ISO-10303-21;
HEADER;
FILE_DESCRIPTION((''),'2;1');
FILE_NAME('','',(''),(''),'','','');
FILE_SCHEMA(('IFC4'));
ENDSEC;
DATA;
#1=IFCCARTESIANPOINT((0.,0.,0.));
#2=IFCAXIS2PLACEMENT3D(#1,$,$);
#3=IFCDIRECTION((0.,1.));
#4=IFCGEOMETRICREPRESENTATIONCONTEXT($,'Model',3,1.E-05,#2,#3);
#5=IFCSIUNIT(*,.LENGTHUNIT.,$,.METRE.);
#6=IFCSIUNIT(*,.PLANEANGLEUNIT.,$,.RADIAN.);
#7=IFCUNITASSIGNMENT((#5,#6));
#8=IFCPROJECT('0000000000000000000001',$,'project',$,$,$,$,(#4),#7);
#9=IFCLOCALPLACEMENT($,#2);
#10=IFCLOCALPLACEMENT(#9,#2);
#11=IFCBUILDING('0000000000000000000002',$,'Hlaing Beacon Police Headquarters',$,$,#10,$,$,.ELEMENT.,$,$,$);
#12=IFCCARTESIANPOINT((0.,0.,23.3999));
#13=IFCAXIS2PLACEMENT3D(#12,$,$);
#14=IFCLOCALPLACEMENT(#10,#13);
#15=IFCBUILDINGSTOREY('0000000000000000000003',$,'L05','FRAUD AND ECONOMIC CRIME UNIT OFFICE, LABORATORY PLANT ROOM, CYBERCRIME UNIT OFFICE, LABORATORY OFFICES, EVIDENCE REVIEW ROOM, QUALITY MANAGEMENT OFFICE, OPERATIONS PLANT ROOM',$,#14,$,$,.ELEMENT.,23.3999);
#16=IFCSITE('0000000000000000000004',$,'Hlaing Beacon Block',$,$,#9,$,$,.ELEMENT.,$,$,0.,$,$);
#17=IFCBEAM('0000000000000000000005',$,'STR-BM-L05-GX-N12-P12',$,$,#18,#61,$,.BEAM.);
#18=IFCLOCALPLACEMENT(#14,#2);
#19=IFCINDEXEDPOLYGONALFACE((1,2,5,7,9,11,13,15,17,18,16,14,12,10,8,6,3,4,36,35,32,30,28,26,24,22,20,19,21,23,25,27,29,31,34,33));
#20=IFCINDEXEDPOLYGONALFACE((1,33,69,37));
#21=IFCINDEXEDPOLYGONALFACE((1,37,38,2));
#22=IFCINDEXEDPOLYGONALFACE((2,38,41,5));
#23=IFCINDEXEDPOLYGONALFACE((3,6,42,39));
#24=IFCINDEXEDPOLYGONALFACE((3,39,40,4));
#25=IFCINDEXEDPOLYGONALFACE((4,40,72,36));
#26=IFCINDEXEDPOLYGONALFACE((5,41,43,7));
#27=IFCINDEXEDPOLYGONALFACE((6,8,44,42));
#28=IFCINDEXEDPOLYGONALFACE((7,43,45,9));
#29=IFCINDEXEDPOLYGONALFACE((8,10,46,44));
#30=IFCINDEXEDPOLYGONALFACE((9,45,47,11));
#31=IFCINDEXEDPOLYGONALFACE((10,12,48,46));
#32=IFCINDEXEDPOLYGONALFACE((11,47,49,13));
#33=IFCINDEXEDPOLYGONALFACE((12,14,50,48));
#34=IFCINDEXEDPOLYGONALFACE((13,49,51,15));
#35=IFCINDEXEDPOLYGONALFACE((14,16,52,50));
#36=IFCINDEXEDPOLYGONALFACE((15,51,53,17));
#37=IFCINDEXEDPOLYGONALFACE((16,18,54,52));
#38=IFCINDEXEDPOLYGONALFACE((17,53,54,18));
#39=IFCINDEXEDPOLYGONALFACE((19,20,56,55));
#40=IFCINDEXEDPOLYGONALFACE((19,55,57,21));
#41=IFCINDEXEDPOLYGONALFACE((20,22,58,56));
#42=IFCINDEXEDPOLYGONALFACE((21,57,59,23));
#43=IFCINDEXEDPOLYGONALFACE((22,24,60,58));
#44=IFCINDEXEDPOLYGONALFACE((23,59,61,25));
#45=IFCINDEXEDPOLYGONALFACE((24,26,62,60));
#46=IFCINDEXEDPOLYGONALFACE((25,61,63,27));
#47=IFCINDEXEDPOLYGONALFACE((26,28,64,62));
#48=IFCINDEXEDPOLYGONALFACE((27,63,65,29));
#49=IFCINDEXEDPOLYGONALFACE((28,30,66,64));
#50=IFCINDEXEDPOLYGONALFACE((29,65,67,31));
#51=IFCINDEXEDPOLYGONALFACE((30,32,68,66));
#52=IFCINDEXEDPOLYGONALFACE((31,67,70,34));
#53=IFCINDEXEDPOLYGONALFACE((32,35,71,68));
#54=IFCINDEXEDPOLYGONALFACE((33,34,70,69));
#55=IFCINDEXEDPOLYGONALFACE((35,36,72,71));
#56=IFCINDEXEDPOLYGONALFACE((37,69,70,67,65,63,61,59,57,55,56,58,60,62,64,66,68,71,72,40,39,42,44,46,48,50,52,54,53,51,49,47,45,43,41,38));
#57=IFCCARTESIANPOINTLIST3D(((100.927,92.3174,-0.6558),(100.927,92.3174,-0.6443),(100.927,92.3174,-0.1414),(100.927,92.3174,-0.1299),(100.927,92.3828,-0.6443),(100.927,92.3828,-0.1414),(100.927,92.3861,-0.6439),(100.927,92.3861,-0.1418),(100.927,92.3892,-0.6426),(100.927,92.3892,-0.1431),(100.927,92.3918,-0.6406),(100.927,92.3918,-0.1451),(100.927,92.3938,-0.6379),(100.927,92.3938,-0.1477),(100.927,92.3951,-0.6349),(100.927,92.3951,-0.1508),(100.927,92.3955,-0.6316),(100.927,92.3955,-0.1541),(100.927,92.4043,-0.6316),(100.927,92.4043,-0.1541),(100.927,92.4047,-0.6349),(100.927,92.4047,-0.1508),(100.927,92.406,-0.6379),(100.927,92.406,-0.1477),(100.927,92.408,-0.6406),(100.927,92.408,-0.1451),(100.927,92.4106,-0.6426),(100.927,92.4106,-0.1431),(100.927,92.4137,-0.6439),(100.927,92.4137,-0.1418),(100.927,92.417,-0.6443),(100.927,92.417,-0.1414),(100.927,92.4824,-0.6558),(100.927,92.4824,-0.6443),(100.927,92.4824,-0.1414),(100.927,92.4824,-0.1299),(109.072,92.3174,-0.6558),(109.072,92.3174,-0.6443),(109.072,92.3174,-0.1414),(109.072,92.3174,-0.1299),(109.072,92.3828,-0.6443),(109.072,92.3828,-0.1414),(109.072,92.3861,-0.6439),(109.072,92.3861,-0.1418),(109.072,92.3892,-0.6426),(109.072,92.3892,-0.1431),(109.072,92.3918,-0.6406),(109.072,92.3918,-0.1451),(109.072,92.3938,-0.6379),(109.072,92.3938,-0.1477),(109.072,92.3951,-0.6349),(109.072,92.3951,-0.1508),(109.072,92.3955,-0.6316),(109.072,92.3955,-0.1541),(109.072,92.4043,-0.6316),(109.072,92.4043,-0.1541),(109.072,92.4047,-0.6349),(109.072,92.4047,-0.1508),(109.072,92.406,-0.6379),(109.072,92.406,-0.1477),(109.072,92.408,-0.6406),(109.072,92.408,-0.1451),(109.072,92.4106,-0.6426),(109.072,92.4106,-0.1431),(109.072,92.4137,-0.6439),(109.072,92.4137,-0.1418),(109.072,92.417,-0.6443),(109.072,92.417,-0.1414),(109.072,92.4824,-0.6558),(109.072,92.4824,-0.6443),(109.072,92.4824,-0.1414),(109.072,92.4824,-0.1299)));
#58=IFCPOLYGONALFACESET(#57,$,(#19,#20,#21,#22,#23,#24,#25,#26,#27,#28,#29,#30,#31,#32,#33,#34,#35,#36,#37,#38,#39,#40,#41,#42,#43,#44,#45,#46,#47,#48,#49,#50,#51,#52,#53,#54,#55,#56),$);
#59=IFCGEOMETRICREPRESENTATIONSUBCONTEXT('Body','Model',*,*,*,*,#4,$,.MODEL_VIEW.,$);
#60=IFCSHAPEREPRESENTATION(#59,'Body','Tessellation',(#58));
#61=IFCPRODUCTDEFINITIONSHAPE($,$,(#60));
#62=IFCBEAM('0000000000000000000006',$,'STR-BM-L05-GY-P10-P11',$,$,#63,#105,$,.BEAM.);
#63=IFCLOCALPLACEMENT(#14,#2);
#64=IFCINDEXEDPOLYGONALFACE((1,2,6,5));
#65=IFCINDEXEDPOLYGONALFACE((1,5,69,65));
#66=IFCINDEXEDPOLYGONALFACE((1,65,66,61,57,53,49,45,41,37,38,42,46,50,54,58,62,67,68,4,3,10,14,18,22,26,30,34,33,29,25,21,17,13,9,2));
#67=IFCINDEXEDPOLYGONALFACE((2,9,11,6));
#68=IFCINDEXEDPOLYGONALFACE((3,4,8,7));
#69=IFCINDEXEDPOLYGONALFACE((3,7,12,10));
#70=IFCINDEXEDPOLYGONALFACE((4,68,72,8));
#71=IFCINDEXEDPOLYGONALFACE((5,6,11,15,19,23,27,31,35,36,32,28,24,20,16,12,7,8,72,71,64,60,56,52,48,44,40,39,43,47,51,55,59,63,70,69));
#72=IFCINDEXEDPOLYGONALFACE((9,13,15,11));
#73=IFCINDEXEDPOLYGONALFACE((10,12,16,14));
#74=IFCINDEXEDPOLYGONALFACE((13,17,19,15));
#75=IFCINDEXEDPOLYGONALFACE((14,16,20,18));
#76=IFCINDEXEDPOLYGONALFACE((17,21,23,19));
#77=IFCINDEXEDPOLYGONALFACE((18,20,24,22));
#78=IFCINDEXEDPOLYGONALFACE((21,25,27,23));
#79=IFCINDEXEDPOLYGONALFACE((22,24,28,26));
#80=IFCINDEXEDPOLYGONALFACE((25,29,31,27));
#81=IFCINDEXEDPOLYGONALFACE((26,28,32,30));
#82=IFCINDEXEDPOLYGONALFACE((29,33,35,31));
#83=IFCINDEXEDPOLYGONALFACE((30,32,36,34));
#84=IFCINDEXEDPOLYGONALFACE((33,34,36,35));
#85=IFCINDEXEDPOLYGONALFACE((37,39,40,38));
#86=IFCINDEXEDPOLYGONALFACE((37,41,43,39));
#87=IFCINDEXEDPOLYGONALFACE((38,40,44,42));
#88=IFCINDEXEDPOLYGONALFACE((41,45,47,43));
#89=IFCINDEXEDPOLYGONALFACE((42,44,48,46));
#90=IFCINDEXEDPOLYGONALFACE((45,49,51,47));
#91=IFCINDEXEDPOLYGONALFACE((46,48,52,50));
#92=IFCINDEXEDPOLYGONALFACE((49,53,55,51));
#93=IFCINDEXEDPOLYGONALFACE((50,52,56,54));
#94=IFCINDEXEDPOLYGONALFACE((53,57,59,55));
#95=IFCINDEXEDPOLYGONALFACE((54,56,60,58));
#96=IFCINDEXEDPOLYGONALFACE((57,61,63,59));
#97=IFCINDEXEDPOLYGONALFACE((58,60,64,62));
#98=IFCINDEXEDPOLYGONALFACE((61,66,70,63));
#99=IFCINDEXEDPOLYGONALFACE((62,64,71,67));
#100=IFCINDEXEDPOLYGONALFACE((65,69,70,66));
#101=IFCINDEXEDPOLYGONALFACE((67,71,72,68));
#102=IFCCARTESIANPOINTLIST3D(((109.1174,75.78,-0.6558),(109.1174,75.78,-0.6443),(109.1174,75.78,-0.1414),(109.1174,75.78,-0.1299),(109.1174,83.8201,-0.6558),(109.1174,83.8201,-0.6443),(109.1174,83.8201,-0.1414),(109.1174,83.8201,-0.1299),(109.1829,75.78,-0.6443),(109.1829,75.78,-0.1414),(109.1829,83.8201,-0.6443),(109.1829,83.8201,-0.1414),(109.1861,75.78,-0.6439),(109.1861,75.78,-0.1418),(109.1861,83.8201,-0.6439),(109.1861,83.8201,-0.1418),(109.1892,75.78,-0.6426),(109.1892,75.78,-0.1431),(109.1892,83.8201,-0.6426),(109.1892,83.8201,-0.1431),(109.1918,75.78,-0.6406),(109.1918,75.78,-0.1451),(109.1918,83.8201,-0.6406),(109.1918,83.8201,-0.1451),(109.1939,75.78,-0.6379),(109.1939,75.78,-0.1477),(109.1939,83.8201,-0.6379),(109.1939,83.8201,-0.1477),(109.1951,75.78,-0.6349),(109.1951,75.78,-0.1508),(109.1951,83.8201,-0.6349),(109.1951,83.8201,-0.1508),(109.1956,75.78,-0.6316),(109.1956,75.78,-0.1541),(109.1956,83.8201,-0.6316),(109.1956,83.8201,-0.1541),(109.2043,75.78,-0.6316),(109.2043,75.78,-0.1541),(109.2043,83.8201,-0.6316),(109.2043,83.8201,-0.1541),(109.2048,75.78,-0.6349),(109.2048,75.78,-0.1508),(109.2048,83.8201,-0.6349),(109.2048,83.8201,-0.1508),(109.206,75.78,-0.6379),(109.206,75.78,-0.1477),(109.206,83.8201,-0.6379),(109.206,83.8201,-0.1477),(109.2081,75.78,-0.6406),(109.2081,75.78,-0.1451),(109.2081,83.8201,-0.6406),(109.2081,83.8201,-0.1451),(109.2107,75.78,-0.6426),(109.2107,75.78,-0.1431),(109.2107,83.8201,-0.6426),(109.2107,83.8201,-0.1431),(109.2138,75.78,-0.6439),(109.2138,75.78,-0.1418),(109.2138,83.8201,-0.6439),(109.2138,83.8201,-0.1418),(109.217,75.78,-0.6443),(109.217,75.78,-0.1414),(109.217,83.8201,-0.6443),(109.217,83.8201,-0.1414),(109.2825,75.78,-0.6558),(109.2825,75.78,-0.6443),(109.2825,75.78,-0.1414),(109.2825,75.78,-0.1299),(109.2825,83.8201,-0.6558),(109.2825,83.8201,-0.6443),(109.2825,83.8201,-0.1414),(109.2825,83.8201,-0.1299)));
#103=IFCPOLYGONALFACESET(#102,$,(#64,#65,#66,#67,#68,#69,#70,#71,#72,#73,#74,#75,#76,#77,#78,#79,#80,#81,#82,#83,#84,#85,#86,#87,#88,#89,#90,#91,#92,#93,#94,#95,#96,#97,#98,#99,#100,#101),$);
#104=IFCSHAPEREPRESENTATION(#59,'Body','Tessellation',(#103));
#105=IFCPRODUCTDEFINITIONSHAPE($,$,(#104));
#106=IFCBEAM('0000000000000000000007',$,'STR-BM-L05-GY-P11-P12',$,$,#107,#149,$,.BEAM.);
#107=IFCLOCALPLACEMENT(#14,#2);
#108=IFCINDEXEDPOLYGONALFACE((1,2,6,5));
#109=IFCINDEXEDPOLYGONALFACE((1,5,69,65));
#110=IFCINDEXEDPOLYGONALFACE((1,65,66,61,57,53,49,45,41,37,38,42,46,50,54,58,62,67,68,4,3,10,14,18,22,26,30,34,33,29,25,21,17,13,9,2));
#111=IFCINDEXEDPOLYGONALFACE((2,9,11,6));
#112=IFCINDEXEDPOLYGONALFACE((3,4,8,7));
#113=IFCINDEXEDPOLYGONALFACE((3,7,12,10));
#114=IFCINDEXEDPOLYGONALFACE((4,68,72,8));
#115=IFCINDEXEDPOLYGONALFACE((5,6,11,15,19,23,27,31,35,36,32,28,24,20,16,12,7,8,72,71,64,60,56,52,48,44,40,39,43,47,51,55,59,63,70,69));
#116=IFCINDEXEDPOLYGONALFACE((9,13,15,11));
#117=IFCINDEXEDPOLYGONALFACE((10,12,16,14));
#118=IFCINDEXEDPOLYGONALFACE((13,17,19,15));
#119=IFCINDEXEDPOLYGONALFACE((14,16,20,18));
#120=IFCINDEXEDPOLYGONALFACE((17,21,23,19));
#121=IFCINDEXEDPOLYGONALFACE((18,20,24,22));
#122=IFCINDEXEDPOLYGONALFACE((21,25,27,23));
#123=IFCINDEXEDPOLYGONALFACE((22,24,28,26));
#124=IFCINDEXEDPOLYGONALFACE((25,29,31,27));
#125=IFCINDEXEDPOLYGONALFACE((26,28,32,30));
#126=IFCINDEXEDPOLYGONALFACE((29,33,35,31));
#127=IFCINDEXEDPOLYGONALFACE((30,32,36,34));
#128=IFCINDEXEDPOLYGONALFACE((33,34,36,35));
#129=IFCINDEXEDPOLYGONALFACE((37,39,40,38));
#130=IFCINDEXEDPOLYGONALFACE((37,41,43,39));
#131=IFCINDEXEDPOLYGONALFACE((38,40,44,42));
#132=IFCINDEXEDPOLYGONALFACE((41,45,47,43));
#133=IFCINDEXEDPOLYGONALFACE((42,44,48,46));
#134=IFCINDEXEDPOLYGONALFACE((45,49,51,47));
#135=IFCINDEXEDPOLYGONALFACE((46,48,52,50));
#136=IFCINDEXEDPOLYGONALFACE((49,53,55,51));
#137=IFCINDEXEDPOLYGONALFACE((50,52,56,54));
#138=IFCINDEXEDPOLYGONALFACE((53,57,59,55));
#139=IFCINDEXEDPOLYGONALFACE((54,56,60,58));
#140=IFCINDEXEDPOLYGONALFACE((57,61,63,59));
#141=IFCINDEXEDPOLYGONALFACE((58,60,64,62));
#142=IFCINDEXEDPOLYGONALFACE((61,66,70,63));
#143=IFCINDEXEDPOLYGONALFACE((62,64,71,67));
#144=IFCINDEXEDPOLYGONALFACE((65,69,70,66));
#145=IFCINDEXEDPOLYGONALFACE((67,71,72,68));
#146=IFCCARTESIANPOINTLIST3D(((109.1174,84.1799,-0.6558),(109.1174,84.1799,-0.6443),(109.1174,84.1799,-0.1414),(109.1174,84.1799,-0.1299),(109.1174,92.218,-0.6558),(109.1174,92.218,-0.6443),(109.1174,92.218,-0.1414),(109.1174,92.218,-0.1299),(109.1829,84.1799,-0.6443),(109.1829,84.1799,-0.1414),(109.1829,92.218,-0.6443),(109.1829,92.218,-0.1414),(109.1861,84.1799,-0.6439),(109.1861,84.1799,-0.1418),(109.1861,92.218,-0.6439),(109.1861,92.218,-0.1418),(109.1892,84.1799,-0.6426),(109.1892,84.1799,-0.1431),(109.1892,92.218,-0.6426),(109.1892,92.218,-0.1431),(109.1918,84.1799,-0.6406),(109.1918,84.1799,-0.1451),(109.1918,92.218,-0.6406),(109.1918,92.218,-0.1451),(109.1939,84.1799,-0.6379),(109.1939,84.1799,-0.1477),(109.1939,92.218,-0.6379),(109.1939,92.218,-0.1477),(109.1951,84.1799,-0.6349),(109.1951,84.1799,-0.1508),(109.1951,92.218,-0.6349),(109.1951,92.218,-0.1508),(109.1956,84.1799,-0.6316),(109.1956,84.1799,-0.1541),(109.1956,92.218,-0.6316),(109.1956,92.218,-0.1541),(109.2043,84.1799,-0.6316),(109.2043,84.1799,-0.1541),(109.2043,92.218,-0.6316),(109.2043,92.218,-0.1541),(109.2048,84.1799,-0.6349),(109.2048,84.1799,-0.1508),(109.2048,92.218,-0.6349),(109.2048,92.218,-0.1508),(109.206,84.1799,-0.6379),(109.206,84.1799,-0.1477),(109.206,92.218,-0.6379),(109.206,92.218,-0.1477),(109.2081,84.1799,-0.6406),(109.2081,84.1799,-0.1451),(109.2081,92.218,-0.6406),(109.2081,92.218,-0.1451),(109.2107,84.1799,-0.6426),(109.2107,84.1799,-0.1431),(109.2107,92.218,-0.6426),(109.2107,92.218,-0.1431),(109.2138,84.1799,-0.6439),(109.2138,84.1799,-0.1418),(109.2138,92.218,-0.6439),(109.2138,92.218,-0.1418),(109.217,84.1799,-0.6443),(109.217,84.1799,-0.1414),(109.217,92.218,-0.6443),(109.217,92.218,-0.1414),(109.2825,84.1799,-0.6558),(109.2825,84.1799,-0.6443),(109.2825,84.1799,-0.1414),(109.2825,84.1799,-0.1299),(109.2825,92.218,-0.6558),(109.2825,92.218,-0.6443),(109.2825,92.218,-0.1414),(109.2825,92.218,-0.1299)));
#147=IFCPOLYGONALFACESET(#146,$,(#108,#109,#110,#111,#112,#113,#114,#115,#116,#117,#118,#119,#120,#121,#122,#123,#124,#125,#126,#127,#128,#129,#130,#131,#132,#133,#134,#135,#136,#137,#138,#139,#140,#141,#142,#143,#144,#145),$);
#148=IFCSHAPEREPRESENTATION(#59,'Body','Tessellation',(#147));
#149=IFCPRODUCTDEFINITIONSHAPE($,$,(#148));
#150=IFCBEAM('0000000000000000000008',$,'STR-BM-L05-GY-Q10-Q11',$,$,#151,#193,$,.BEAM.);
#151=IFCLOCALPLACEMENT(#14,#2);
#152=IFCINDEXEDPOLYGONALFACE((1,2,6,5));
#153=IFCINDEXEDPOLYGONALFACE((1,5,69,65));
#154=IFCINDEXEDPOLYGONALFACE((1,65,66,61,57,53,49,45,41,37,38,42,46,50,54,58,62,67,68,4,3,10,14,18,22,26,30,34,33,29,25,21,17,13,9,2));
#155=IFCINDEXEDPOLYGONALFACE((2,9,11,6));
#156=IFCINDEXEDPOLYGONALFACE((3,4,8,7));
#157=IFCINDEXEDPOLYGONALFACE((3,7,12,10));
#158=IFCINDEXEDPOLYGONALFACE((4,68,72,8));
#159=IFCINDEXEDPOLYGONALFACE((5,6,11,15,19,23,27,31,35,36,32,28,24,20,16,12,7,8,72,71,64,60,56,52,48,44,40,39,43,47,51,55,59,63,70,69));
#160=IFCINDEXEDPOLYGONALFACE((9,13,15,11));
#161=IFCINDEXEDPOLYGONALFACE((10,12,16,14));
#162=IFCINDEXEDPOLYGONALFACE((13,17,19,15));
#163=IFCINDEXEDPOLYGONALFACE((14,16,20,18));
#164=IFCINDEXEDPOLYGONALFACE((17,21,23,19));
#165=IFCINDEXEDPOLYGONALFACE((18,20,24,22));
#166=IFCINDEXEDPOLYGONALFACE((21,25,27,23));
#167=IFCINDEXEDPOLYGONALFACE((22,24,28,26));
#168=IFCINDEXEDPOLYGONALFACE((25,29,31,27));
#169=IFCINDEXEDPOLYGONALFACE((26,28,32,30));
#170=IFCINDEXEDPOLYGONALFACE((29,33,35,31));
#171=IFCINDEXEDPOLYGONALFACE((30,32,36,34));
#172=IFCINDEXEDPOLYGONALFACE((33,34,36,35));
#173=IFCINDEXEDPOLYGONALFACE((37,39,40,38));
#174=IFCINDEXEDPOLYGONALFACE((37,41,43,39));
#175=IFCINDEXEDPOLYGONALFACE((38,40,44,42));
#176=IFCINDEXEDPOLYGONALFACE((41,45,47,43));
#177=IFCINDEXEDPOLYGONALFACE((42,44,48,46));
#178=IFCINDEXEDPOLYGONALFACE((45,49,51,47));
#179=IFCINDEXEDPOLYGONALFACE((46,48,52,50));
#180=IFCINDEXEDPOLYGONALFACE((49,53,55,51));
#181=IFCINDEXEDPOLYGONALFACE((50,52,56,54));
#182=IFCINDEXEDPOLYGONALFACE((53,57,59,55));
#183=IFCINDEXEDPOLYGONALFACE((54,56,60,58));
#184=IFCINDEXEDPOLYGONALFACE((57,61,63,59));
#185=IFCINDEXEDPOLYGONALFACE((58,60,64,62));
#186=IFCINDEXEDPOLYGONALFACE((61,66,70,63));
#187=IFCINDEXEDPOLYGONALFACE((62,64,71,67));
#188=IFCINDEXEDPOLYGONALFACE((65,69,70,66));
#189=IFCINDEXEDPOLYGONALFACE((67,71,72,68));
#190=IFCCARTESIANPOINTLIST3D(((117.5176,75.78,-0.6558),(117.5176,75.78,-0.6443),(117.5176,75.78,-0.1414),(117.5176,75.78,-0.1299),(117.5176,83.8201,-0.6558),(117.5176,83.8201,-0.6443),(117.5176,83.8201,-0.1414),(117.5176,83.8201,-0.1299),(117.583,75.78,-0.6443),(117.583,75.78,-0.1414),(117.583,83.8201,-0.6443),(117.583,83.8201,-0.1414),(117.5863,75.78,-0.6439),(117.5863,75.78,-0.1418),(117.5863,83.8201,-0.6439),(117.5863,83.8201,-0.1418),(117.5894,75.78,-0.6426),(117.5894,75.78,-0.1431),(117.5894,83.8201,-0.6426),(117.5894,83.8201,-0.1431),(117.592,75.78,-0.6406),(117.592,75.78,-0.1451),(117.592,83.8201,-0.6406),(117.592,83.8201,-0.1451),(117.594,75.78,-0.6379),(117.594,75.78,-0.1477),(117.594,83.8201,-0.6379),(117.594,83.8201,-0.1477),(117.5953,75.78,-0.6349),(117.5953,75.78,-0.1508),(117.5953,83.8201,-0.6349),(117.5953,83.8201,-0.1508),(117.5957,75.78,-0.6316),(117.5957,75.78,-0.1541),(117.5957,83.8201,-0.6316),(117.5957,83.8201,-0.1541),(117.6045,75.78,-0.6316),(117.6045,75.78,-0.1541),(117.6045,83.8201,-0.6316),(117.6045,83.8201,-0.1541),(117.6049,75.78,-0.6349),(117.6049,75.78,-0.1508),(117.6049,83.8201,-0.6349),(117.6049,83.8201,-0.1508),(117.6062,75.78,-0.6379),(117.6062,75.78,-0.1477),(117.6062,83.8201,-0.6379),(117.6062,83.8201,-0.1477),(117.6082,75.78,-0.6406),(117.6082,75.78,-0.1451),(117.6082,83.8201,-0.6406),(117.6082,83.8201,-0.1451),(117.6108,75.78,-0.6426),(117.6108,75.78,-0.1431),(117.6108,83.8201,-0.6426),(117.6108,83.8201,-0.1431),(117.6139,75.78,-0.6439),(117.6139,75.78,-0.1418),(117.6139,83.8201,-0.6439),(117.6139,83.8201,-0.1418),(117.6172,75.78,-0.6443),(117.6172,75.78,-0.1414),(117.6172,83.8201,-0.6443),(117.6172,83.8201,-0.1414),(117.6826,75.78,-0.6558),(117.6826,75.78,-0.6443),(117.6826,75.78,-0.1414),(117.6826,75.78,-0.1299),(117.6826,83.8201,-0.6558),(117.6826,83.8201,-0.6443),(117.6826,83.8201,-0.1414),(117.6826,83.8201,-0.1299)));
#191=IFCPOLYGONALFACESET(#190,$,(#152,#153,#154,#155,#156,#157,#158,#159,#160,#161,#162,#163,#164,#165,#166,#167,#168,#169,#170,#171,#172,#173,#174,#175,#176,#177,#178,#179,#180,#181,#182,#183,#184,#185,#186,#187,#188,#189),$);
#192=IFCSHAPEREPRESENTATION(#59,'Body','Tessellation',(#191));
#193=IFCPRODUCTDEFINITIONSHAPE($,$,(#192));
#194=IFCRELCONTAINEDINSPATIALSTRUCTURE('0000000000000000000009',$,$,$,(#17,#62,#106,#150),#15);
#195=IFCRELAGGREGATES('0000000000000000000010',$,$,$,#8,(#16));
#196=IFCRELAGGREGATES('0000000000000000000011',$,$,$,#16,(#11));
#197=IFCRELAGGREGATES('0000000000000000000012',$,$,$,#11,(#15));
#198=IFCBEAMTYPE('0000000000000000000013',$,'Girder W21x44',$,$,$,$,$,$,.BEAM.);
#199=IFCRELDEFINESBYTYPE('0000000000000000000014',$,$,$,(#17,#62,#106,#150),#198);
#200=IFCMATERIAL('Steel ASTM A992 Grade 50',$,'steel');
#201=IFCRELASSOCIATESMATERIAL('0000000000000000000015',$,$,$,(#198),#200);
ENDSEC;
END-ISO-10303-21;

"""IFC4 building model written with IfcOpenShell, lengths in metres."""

from ifc_helpers import new_model, si_unit, direction, frame, origin, origin_2d, place, context, subcontext, project, spatial, i_section, extrude, material, material_profile, profile_set, type_object, element, save


model = new_model("IFC4")

# Units and contexts
model_context = context("Model", 3, precision=1e-05, world=origin(), true_north=direction((0.0, 1.0)))
body_context = subcontext(model_context, "Body", "Model", "MODEL_VIEW")
ifc_project = project(units=[si_unit("LENGTHUNIT", "METRE"), si_unit("PLANEANGLEUNIT", "RADIAN")], contexts=[model_context])

# Site, building, storey
site_placement = place(None, origin())
site = spatial("IfcSite", under=ifc_project, at=site_placement, Name="Hlaing Beacon Block", CompositionType="ELEMENT", RefElevation=0.0)
building_placement = place(site_placement, origin())
building = spatial("IfcBuilding", under=site, at=building_placement, Name="Hlaing Beacon Police Headquarters", CompositionType="ELEMENT")
storey_placement = place(building_placement, frame((0.0, 0.0, 23.3999)))
storey = spatial("IfcBuildingStorey", under=building, at=storey_placement, Name="L05", Description="FRAUD AND ECONOMIC CRIME UNIT OFFICE, LABORATORY PLANT ROOM, CYBERCRIME UNIT OFFICE, LABORATORY OFFICES, EVIDENCE REVIEW ROOM, QUALITY MANAGEMENT OFFICE, OPERATIONS PLANT ROOM", CompositionType="ELEMENT", Elevation=23.3999)

# Beams
ifc_material_1 = material(Name="Steel ASTM A992 Grade 50", Category="steel")
ifc_material_profile_1 = material_profile(ifc_material_1, i_section(OverallWidth=0.165, OverallDepth=0.5259, WebThickness=0.0088, FlangeThickness=0.0115, FilletRadius=0.0127, at=origin_2d()), Name="W21x44")
ifc_profile_set_1 = profile_set([ifc_material_profile_1], Name="Steel ASTM A992 Grade 50")
beam_type_1 = type_object("IfcBeamType", Name="Girder W21x44", PredefinedType="BEAM", material=ifc_profile_set_1)
beam_1_placement = place(storey_placement, frame((100.927, 92.3999, -0.3928), z_axis=(1.0, 0.0, 0.0), x_axis=(0.0, 1.0, 0.0)))
element("IfcBeam", 1, at=beam_1_placement, inside=storey, type_object=beam_type_1, Name="STR-BM-L05-GX-N12-P12", PredefinedType="BEAM", context=body_context, shape_type="SweptSolid", body=[
    extrude(i_section(OverallWidth=0.165, OverallDepth=0.5259, WebThickness=0.0088, FlangeThickness=0.0115, FilletRadius=0.0127, at=origin_2d()), origin(), (0.0, 0.0, 1.0), 8.145),
])
beam_2_placement = place(storey_placement, frame((109.2, 75.78, -0.3928), z_axis=(0.0, 1.0, 0.0), x_axis=(-1.0, 0.0, 0.0)))
element("IfcBeam", 2, at=beam_2_placement, inside=storey, type_object=beam_type_1, Name="STR-BM-L05-GY-P10-P11", PredefinedType="BEAM", context=body_context, shape_type="SweptSolid", body=[
    extrude(i_section(OverallWidth=0.165, OverallDepth=0.5259, WebThickness=0.0088, FlangeThickness=0.0115, FilletRadius=0.0127, at=origin_2d()), origin(), (0.0, 0.0, 1.0), 8.04),
])
beam_3_placement = place(storey_placement, frame((109.2, 84.1799, -0.3928), z_axis=(0.0, 1.0, 0.0), x_axis=(-1.0, 0.0, 0.0)))
element("IfcBeam", 3, at=beam_3_placement, inside=storey, type_object=beam_type_1, Name="STR-BM-L05-GY-P11-P12", PredefinedType="BEAM", context=body_context, shape_type="SweptSolid", body=[
    extrude(i_section(OverallWidth=0.165, OverallDepth=0.5259, WebThickness=0.0088, FlangeThickness=0.0115, FilletRadius=0.0127, at=origin_2d()), origin(), (0.0, 0.0, 1.0), 8.0381),
])
beam_4_placement = place(storey_placement, frame((117.6001, 75.78, -0.3928), z_axis=(0.0, 1.0, 0.0), x_axis=(-1.0, 0.0, 0.0)))
element("IfcBeam", 4, at=beam_4_placement, inside=storey, type_object=beam_type_1, Name="STR-BM-L05-GY-Q10-Q11", PredefinedType="BEAM", context=body_context, shape_type="SweptSolid", body=[
    extrude(i_section(OverallWidth=0.165, OverallDepth=0.5259, WebThickness=0.0088, FlangeThickness=0.0115, FilletRadius=0.0127, at=origin_2d()), origin(), (0.0, 0.0, 1.0), 8.04),
])

save(model, "model.ifc")
